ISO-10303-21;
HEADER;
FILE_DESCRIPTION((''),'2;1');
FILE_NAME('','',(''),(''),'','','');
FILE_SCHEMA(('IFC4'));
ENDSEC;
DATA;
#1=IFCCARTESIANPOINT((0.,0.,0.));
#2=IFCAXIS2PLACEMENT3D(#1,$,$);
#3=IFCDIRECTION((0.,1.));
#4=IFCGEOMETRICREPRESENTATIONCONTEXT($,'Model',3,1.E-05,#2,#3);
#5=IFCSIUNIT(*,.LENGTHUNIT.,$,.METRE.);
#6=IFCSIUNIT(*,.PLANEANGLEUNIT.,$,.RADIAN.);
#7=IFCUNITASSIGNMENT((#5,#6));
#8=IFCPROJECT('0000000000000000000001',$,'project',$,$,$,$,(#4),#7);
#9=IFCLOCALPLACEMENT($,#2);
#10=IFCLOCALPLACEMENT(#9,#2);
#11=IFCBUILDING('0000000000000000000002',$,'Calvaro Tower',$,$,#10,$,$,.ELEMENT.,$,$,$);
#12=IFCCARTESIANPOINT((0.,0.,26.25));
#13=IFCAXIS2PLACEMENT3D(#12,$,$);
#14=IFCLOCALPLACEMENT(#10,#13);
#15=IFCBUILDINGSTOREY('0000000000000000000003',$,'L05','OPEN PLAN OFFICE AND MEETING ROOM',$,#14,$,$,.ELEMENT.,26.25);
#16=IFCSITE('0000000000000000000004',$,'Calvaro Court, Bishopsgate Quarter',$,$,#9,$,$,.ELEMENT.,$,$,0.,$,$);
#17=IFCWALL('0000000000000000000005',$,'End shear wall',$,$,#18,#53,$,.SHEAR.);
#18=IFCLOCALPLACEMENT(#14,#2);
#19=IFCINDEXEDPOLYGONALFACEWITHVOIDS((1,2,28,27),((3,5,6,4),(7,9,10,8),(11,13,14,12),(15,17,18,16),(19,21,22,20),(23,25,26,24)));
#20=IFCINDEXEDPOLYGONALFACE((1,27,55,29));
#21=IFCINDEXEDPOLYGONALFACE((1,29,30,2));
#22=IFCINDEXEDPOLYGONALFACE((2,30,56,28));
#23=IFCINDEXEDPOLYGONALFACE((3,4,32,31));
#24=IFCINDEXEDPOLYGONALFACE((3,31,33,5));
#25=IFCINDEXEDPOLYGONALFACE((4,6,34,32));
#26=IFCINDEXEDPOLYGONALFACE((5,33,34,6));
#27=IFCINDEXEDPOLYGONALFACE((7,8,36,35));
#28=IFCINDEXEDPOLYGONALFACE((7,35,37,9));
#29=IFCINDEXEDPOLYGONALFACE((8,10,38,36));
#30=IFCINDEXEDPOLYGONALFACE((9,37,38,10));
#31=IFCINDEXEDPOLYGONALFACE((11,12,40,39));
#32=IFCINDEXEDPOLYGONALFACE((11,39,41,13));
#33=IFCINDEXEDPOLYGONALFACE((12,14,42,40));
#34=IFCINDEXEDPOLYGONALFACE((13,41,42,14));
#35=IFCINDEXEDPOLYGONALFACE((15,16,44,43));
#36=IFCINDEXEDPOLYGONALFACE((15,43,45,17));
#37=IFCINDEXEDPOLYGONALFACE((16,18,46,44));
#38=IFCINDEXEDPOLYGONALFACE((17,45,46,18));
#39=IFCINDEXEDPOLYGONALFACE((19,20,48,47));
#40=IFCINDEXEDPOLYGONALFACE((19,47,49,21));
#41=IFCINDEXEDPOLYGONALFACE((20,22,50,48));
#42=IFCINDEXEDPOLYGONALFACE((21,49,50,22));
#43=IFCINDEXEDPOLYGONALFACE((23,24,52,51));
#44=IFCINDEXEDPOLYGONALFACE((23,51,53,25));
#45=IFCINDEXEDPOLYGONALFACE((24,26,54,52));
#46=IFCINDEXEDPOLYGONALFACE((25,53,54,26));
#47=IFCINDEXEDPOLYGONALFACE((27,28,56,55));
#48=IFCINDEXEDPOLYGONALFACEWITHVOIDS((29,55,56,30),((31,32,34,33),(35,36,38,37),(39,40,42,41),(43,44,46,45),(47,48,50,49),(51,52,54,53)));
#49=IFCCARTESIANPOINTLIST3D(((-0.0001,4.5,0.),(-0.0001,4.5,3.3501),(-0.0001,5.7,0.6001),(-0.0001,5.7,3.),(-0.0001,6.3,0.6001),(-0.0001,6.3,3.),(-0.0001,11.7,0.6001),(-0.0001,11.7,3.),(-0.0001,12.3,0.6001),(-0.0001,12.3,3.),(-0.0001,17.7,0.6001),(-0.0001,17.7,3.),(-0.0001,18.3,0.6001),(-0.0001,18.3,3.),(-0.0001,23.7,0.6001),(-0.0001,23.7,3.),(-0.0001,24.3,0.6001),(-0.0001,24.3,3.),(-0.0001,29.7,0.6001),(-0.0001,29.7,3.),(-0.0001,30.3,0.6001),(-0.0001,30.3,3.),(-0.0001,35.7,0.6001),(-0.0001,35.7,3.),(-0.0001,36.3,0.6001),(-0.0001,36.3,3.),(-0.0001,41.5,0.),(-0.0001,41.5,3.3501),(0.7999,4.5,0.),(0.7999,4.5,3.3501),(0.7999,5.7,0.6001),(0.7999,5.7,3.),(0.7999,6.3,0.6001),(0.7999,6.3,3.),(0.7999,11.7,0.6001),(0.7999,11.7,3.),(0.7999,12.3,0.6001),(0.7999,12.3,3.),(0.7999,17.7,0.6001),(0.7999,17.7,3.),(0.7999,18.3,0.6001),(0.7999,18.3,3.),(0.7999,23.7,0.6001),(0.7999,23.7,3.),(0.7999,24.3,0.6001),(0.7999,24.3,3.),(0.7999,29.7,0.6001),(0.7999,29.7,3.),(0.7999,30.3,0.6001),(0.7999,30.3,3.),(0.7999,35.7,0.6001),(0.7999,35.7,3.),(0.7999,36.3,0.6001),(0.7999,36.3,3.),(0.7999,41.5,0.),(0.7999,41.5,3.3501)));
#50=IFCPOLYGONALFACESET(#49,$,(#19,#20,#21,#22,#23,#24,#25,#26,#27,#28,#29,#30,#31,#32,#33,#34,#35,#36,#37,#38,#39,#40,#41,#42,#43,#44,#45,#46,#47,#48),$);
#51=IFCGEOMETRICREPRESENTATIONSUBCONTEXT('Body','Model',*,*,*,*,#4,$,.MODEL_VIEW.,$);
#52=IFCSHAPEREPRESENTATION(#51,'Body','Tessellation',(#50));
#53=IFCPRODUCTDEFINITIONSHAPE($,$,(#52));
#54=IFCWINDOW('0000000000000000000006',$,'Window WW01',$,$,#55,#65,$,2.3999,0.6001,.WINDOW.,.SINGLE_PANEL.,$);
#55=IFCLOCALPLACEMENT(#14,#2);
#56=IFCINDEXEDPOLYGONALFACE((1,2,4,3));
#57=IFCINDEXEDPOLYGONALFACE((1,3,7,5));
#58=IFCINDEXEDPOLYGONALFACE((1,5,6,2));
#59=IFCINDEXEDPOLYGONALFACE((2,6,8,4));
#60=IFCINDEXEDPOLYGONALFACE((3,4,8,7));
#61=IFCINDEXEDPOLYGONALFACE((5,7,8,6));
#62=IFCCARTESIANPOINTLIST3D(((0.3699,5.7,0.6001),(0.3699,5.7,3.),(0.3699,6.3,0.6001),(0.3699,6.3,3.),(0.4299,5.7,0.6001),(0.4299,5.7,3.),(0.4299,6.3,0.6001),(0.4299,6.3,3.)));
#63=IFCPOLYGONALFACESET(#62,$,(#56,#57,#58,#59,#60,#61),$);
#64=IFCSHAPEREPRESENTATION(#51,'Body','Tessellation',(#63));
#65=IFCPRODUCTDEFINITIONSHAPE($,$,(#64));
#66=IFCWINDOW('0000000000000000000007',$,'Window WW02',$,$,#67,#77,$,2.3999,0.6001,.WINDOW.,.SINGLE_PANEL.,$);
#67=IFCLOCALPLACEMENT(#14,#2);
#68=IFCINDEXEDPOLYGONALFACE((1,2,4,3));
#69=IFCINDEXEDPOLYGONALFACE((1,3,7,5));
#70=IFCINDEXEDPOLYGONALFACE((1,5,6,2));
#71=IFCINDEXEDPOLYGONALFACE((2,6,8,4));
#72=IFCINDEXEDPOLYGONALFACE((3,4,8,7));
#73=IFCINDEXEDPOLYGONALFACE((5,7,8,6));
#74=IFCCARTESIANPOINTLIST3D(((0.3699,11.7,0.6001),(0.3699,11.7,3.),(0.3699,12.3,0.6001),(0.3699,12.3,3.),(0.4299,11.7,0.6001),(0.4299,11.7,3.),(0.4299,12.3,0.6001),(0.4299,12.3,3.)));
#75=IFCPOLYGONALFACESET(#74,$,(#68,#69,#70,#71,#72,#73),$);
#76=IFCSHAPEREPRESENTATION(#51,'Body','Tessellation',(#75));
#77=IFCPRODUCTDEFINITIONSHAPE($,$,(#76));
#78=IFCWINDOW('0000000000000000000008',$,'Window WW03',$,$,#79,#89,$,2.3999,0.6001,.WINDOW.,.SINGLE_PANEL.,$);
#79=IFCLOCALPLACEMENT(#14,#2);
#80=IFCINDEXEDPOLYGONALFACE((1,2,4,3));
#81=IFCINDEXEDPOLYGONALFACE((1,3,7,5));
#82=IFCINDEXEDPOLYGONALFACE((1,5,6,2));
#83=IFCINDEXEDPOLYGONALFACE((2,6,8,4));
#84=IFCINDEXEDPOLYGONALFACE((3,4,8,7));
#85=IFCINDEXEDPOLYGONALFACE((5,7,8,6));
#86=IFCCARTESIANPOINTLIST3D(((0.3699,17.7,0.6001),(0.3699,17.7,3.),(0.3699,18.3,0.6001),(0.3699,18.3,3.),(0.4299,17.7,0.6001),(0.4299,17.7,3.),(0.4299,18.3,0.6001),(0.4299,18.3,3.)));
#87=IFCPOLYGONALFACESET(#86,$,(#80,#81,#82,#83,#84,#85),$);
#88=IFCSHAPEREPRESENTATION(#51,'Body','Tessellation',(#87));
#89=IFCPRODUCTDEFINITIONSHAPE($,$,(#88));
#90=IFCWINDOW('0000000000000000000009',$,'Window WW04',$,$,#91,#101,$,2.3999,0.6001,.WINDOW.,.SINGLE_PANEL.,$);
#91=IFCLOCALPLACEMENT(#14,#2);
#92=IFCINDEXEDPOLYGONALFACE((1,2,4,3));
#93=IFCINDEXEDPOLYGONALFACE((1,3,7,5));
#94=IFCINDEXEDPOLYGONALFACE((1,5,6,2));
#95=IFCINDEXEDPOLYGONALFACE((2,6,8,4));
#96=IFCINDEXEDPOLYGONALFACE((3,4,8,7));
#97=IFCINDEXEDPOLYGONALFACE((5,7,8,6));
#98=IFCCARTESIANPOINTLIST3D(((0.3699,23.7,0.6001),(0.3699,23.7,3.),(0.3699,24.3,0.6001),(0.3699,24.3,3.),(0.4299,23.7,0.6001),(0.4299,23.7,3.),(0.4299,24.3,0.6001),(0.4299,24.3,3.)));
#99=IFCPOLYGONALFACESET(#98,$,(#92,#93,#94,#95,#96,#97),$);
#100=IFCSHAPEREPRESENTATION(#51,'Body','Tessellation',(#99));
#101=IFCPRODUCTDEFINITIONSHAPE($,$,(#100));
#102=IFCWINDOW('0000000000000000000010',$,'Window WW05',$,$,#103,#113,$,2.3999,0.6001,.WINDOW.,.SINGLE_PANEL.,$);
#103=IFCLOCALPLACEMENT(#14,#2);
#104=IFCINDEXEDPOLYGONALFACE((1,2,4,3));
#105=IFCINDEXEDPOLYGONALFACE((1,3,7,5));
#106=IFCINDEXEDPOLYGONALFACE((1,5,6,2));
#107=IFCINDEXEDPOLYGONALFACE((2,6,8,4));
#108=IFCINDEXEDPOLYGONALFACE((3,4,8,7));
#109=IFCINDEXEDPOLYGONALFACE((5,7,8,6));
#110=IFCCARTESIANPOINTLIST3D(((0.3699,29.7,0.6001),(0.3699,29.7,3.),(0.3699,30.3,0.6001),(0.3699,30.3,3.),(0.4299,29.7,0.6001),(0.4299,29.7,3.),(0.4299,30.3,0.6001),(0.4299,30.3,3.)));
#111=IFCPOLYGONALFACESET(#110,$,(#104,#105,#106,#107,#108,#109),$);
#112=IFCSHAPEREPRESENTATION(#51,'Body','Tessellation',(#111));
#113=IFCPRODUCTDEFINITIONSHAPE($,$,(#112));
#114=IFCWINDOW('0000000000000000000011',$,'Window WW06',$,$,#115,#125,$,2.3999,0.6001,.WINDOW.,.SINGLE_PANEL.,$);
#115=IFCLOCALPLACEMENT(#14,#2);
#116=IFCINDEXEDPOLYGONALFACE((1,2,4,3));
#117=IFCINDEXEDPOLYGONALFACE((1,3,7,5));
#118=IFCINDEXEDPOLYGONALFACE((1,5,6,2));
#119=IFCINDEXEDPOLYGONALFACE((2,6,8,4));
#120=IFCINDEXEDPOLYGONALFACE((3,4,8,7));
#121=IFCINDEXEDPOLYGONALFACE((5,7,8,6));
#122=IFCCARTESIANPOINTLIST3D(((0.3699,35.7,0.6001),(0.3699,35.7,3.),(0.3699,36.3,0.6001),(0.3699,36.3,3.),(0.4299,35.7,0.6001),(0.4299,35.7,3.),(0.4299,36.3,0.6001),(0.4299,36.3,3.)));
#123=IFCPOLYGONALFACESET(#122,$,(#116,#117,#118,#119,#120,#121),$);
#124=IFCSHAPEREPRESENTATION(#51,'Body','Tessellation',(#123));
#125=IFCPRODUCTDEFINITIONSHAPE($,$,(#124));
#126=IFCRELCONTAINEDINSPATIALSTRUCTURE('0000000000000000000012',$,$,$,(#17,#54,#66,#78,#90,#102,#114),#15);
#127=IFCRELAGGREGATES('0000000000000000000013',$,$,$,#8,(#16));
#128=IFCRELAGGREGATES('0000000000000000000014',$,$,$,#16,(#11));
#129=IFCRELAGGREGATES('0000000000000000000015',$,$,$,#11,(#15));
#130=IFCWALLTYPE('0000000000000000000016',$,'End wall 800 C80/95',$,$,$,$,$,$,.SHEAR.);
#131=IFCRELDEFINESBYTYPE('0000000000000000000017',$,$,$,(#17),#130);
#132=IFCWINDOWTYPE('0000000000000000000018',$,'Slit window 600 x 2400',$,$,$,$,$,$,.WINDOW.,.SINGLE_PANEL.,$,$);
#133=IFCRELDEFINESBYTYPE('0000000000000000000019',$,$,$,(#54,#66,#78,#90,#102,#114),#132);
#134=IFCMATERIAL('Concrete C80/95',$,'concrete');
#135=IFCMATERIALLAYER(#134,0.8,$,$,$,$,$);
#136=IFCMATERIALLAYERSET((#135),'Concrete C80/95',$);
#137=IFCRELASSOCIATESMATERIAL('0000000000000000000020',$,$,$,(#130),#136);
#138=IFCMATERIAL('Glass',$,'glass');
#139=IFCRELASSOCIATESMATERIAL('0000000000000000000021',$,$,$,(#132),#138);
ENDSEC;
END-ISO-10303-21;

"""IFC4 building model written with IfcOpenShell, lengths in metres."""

from ifc_helpers import new_model, si_unit, direction, frame, frame_2d, origin, place, context, subcontext, project, spatial, rectangle, extrude, material, layer, layer_set, type_object, element, fill, save


model = new_model("IFC4")

# Units and contexts
model_context = context("Model", 3, precision=1e-05, world=origin(), true_north=direction((0.0, 1.0)))
body_context = subcontext(model_context, "Body", "Model", "MODEL_VIEW")
ifc_project = project(units=[si_unit("LENGTHUNIT", "METRE"), si_unit("PLANEANGLEUNIT", "RADIAN")], contexts=[model_context])

# Site, building, storey
site_placement = place(None, origin())
site = spatial("IfcSite", under=ifc_project, at=site_placement, Name="Calvaro Court, Bishopsgate Quarter", CompositionType="ELEMENT", RefElevation=0.0)
building_placement = place(site_placement, origin())
building = spatial("IfcBuilding", under=site, at=building_placement, Name="Calvaro Tower", CompositionType="ELEMENT")
storey_placement = place(building_placement, frame((0.0, 0.0, 26.25)))
storey = spatial("IfcBuildingStorey", under=building, at=storey_placement, Name="L05", Description="OPEN PLAN OFFICE AND MEETING ROOM", CompositionType="ELEMENT", Elevation=26.25)

# Wall, openings, windows
ifc_material_1 = material(Name="Concrete C80/95", Category="concrete")
ifc_layer_1 = layer(ifc_material_1, 0.8)
ifc_layer_set_1 = layer_set([ifc_layer_1], Name="Concrete C80/95")
wall_type = type_object("IfcWallType", Name="End wall 800 C80/95", PredefinedType="SHEAR", material=ifc_layer_set_1)
wall_placement = place(storey_placement, frame((0.3999, 4.5, 0.0), z_axis=(0.0, 0.0, 1.0), x_axis=(0.0, 1.0, 0.0)))
wall = element("IfcWall", 1, at=wall_placement, inside=storey, type_object=wall_type, Name="End shear wall", PredefinedType="SHEAR", context=body_context, shape_type="SweptSolid", body=[
    extrude(rectangle(XDim=37.0, YDim=0.8, at=frame_2d((18.5, 0.0))), origin(), (0.0, 0.0, 1.0), 3.3501),
])
opening_1_placement = place(wall_placement, frame((1.2, 0.0, 0.6001)))
opening_1 = element("IfcOpeningElement", 2, at=opening_1_placement, cuts=wall, PredefinedType="OPENING", context=body_context, shape_type="SweptSolid", body=[
    extrude(rectangle(XDim=0.6001, YDim=2.3999, at=frame_2d((0.3, 1.2))), frame((0.0, 0.4099, 0.0), z_axis=(0.0, -1.0, 0.0), x_axis=(1.0, 0.0, 0.0)), (0.0, 0.0, 1.0), 0.8201),
])
opening_2_placement = place(wall_placement, frame((7.2, 0.0, 0.6001)))
opening_2 = element("IfcOpeningElement", 3, at=opening_2_placement, cuts=wall, PredefinedType="OPENING", context=body_context, shape_type="SweptSolid", body=[
    extrude(rectangle(XDim=0.6001, YDim=2.3999, at=frame_2d((0.3, 1.2))), frame((0.0, 0.4099, 0.0), z_axis=(0.0, -1.0, 0.0), x_axis=(1.0, 0.0, 0.0)), (0.0, 0.0, 1.0), 0.8201),
])
opening_3_placement = place(wall_placement, frame((13.2, 0.0, 0.6001)))
opening_3 = element("IfcOpeningElement", 4, at=opening_3_placement, cuts=wall, PredefinedType="OPENING", context=body_context, shape_type="SweptSolid", body=[
    extrude(rectangle(XDim=0.6001, YDim=2.3999, at=frame_2d((0.3, 1.2))), frame((0.0, 0.4099, 0.0), z_axis=(0.0, -1.0, 0.0), x_axis=(1.0, 0.0, 0.0)), (0.0, 0.0, 1.0), 0.8201),
])
opening_4_placement = place(wall_placement, frame((19.2, 0.0, 0.6001)))
opening_4 = element("IfcOpeningElement", 5, at=opening_4_placement, cuts=wall, PredefinedType="OPENING", context=body_context, shape_type="SweptSolid", body=[
    extrude(rectangle(XDim=0.6001, YDim=2.3999, at=frame_2d((0.3, 1.2))), frame((0.0, 0.4099, 0.0), z_axis=(0.0, -1.0, 0.0), x_axis=(1.0, 0.0, 0.0)), (0.0, 0.0, 1.0), 0.8201),
])
opening_5_placement = place(wall_placement, frame((25.2, 0.0, 0.6001)))
opening_5 = element("IfcOpeningElement", 6, at=opening_5_placement, cuts=wall, PredefinedType="OPENING", context=body_context, shape_type="SweptSolid", body=[
    extrude(rectangle(XDim=0.6001, YDim=2.3999, at=frame_2d((0.3, 1.2))), frame((0.0, 0.4099, 0.0), z_axis=(0.0, -1.0, 0.0), x_axis=(1.0, 0.0, 0.0)), (0.0, 0.0, 1.0), 0.8201),
])
opening_6_placement = place(wall_placement, frame((31.2, 0.0, 0.6001)))
opening_6 = element("IfcOpeningElement", 7, at=opening_6_placement, cuts=wall, PredefinedType="OPENING", context=body_context, shape_type="SweptSolid", body=[
    extrude(rectangle(XDim=0.6001, YDim=2.3999, at=frame_2d((0.3, 1.2))), frame((0.0, 0.4099, 0.0), z_axis=(0.0, -1.0, 0.0), x_axis=(1.0, 0.0, 0.0)), (0.0, 0.0, 1.0), 0.8201),
])
ifc_material_2 = material(Name="Glass", Category="glass")
window_type = type_object("IfcWindowType", Name="Slit window 600 x 2400", PartitioningType="SINGLE_PANEL", PredefinedType="WINDOW", material=ifc_material_2)
window_1_placement = place(opening_1_placement, origin())
window_1 = element("IfcWindow", 8, at=window_1_placement, inside=storey, type_object=window_type, Name="Window WW01", OverallHeight=2.3999, OverallWidth=0.6001, PartitioningType="SINGLE_PANEL", PredefinedType="WINDOW", context=body_context, shape_type="SweptSolid", body=[
    extrude(rectangle(XDim=0.6001, YDim=2.3999, at=frame_2d((0.3, 1.2))), frame((0.0, 0.03, 0.0), z_axis=(0.0, -1.0, 0.0), x_axis=(1.0, 0.0, 0.0)), (0.0, 0.0, 1.0), 0.0601),
])
fill(opening_1, window_1)
window_2_placement = place(opening_2_placement, origin())
window_2 = element("IfcWindow", 9, at=window_2_placement, inside=storey, type_object=window_type, Name="Window WW02", OverallHeight=2.3999, OverallWidth=0.6001, PartitioningType="SINGLE_PANEL", PredefinedType="WINDOW", context=body_context, shape_type="SweptSolid", body=[
    extrude(rectangle(XDim=0.6001, YDim=2.3999, at=frame_2d((0.3, 1.2))), frame((0.0, 0.03, 0.0), z_axis=(0.0, -1.0, 0.0), x_axis=(1.0, 0.0, 0.0)), (0.0, 0.0, 1.0), 0.0601),
])
fill(opening_2, window_2)
window_3_placement = place(opening_3_placement, origin())
window_3 = element("IfcWindow", 10, at=window_3_placement, inside=storey, type_object=window_type, Name="Window WW03", OverallHeight=2.3999, OverallWidth=0.6001, PartitioningType="SINGLE_PANEL", PredefinedType="WINDOW", context=body_context, shape_type="SweptSolid", body=[
    extrude(rectangle(XDim=0.6001, YDim=2.3999, at=frame_2d((0.3, 1.2))), frame((0.0, 0.03, 0.0), z_axis=(0.0, -1.0, 0.0), x_axis=(1.0, 0.0, 0.0)), (0.0, 0.0, 1.0), 0.0601),
])
fill(opening_3, window_3)
window_4_placement = place(opening_4_placement, origin())
window_4 = element("IfcWindow", 11, at=window_4_placement, inside=storey, type_object=window_type, Name="Window WW04", OverallHeight=2.3999, OverallWidth=0.6001, PartitioningType="SINGLE_PANEL", PredefinedType="WINDOW", context=body_context, shape_type="SweptSolid", body=[
    extrude(rectangle(XDim=0.6001, YDim=2.3999, at=frame_2d((0.3, 1.2))), frame((0.0, 0.03, 0.0), z_axis=(0.0, -1.0, 0.0), x_axis=(1.0, 0.0, 0.0)), (0.0, 0.0, 1.0), 0.0601),
])
fill(opening_4, window_4)
window_5_placement = place(opening_5_placement, origin())
window_5 = element("IfcWindow", 12, at=window_5_placement, inside=storey, type_object=window_type, Name="Window WW05", OverallHeight=2.3999, OverallWidth=0.6001, PartitioningType="SINGLE_PANEL", PredefinedType="WINDOW", context=body_context, shape_type="SweptSolid", body=[
    extrude(rectangle(XDim=0.6001, YDim=2.3999, at=frame_2d((0.3, 1.2))), frame((0.0, 0.03, 0.0), z_axis=(0.0, -1.0, 0.0), x_axis=(1.0, 0.0, 0.0)), (0.0, 0.0, 1.0), 0.0601),
])
fill(opening_5, window_5)
window_6_placement = place(opening_6_placement, origin())
window_6 = element("IfcWindow", 13, at=window_6_placement, inside=storey, type_object=window_type, Name="Window WW06", OverallHeight=2.3999, OverallWidth=0.6001, PartitioningType="SINGLE_PANEL", PredefinedType="WINDOW", context=body_context, shape_type="SweptSolid", body=[
    extrude(rectangle(XDim=0.6001, YDim=2.3999, at=frame_2d((0.3, 1.2))), frame((0.0, 0.03, 0.0), z_axis=(0.0, -1.0, 0.0), x_axis=(1.0, 0.0, 0.0)), (0.0, 0.0, 1.0), 0.0601),
])
fill(opening_6, window_6)

save(model, "model.ifc")
